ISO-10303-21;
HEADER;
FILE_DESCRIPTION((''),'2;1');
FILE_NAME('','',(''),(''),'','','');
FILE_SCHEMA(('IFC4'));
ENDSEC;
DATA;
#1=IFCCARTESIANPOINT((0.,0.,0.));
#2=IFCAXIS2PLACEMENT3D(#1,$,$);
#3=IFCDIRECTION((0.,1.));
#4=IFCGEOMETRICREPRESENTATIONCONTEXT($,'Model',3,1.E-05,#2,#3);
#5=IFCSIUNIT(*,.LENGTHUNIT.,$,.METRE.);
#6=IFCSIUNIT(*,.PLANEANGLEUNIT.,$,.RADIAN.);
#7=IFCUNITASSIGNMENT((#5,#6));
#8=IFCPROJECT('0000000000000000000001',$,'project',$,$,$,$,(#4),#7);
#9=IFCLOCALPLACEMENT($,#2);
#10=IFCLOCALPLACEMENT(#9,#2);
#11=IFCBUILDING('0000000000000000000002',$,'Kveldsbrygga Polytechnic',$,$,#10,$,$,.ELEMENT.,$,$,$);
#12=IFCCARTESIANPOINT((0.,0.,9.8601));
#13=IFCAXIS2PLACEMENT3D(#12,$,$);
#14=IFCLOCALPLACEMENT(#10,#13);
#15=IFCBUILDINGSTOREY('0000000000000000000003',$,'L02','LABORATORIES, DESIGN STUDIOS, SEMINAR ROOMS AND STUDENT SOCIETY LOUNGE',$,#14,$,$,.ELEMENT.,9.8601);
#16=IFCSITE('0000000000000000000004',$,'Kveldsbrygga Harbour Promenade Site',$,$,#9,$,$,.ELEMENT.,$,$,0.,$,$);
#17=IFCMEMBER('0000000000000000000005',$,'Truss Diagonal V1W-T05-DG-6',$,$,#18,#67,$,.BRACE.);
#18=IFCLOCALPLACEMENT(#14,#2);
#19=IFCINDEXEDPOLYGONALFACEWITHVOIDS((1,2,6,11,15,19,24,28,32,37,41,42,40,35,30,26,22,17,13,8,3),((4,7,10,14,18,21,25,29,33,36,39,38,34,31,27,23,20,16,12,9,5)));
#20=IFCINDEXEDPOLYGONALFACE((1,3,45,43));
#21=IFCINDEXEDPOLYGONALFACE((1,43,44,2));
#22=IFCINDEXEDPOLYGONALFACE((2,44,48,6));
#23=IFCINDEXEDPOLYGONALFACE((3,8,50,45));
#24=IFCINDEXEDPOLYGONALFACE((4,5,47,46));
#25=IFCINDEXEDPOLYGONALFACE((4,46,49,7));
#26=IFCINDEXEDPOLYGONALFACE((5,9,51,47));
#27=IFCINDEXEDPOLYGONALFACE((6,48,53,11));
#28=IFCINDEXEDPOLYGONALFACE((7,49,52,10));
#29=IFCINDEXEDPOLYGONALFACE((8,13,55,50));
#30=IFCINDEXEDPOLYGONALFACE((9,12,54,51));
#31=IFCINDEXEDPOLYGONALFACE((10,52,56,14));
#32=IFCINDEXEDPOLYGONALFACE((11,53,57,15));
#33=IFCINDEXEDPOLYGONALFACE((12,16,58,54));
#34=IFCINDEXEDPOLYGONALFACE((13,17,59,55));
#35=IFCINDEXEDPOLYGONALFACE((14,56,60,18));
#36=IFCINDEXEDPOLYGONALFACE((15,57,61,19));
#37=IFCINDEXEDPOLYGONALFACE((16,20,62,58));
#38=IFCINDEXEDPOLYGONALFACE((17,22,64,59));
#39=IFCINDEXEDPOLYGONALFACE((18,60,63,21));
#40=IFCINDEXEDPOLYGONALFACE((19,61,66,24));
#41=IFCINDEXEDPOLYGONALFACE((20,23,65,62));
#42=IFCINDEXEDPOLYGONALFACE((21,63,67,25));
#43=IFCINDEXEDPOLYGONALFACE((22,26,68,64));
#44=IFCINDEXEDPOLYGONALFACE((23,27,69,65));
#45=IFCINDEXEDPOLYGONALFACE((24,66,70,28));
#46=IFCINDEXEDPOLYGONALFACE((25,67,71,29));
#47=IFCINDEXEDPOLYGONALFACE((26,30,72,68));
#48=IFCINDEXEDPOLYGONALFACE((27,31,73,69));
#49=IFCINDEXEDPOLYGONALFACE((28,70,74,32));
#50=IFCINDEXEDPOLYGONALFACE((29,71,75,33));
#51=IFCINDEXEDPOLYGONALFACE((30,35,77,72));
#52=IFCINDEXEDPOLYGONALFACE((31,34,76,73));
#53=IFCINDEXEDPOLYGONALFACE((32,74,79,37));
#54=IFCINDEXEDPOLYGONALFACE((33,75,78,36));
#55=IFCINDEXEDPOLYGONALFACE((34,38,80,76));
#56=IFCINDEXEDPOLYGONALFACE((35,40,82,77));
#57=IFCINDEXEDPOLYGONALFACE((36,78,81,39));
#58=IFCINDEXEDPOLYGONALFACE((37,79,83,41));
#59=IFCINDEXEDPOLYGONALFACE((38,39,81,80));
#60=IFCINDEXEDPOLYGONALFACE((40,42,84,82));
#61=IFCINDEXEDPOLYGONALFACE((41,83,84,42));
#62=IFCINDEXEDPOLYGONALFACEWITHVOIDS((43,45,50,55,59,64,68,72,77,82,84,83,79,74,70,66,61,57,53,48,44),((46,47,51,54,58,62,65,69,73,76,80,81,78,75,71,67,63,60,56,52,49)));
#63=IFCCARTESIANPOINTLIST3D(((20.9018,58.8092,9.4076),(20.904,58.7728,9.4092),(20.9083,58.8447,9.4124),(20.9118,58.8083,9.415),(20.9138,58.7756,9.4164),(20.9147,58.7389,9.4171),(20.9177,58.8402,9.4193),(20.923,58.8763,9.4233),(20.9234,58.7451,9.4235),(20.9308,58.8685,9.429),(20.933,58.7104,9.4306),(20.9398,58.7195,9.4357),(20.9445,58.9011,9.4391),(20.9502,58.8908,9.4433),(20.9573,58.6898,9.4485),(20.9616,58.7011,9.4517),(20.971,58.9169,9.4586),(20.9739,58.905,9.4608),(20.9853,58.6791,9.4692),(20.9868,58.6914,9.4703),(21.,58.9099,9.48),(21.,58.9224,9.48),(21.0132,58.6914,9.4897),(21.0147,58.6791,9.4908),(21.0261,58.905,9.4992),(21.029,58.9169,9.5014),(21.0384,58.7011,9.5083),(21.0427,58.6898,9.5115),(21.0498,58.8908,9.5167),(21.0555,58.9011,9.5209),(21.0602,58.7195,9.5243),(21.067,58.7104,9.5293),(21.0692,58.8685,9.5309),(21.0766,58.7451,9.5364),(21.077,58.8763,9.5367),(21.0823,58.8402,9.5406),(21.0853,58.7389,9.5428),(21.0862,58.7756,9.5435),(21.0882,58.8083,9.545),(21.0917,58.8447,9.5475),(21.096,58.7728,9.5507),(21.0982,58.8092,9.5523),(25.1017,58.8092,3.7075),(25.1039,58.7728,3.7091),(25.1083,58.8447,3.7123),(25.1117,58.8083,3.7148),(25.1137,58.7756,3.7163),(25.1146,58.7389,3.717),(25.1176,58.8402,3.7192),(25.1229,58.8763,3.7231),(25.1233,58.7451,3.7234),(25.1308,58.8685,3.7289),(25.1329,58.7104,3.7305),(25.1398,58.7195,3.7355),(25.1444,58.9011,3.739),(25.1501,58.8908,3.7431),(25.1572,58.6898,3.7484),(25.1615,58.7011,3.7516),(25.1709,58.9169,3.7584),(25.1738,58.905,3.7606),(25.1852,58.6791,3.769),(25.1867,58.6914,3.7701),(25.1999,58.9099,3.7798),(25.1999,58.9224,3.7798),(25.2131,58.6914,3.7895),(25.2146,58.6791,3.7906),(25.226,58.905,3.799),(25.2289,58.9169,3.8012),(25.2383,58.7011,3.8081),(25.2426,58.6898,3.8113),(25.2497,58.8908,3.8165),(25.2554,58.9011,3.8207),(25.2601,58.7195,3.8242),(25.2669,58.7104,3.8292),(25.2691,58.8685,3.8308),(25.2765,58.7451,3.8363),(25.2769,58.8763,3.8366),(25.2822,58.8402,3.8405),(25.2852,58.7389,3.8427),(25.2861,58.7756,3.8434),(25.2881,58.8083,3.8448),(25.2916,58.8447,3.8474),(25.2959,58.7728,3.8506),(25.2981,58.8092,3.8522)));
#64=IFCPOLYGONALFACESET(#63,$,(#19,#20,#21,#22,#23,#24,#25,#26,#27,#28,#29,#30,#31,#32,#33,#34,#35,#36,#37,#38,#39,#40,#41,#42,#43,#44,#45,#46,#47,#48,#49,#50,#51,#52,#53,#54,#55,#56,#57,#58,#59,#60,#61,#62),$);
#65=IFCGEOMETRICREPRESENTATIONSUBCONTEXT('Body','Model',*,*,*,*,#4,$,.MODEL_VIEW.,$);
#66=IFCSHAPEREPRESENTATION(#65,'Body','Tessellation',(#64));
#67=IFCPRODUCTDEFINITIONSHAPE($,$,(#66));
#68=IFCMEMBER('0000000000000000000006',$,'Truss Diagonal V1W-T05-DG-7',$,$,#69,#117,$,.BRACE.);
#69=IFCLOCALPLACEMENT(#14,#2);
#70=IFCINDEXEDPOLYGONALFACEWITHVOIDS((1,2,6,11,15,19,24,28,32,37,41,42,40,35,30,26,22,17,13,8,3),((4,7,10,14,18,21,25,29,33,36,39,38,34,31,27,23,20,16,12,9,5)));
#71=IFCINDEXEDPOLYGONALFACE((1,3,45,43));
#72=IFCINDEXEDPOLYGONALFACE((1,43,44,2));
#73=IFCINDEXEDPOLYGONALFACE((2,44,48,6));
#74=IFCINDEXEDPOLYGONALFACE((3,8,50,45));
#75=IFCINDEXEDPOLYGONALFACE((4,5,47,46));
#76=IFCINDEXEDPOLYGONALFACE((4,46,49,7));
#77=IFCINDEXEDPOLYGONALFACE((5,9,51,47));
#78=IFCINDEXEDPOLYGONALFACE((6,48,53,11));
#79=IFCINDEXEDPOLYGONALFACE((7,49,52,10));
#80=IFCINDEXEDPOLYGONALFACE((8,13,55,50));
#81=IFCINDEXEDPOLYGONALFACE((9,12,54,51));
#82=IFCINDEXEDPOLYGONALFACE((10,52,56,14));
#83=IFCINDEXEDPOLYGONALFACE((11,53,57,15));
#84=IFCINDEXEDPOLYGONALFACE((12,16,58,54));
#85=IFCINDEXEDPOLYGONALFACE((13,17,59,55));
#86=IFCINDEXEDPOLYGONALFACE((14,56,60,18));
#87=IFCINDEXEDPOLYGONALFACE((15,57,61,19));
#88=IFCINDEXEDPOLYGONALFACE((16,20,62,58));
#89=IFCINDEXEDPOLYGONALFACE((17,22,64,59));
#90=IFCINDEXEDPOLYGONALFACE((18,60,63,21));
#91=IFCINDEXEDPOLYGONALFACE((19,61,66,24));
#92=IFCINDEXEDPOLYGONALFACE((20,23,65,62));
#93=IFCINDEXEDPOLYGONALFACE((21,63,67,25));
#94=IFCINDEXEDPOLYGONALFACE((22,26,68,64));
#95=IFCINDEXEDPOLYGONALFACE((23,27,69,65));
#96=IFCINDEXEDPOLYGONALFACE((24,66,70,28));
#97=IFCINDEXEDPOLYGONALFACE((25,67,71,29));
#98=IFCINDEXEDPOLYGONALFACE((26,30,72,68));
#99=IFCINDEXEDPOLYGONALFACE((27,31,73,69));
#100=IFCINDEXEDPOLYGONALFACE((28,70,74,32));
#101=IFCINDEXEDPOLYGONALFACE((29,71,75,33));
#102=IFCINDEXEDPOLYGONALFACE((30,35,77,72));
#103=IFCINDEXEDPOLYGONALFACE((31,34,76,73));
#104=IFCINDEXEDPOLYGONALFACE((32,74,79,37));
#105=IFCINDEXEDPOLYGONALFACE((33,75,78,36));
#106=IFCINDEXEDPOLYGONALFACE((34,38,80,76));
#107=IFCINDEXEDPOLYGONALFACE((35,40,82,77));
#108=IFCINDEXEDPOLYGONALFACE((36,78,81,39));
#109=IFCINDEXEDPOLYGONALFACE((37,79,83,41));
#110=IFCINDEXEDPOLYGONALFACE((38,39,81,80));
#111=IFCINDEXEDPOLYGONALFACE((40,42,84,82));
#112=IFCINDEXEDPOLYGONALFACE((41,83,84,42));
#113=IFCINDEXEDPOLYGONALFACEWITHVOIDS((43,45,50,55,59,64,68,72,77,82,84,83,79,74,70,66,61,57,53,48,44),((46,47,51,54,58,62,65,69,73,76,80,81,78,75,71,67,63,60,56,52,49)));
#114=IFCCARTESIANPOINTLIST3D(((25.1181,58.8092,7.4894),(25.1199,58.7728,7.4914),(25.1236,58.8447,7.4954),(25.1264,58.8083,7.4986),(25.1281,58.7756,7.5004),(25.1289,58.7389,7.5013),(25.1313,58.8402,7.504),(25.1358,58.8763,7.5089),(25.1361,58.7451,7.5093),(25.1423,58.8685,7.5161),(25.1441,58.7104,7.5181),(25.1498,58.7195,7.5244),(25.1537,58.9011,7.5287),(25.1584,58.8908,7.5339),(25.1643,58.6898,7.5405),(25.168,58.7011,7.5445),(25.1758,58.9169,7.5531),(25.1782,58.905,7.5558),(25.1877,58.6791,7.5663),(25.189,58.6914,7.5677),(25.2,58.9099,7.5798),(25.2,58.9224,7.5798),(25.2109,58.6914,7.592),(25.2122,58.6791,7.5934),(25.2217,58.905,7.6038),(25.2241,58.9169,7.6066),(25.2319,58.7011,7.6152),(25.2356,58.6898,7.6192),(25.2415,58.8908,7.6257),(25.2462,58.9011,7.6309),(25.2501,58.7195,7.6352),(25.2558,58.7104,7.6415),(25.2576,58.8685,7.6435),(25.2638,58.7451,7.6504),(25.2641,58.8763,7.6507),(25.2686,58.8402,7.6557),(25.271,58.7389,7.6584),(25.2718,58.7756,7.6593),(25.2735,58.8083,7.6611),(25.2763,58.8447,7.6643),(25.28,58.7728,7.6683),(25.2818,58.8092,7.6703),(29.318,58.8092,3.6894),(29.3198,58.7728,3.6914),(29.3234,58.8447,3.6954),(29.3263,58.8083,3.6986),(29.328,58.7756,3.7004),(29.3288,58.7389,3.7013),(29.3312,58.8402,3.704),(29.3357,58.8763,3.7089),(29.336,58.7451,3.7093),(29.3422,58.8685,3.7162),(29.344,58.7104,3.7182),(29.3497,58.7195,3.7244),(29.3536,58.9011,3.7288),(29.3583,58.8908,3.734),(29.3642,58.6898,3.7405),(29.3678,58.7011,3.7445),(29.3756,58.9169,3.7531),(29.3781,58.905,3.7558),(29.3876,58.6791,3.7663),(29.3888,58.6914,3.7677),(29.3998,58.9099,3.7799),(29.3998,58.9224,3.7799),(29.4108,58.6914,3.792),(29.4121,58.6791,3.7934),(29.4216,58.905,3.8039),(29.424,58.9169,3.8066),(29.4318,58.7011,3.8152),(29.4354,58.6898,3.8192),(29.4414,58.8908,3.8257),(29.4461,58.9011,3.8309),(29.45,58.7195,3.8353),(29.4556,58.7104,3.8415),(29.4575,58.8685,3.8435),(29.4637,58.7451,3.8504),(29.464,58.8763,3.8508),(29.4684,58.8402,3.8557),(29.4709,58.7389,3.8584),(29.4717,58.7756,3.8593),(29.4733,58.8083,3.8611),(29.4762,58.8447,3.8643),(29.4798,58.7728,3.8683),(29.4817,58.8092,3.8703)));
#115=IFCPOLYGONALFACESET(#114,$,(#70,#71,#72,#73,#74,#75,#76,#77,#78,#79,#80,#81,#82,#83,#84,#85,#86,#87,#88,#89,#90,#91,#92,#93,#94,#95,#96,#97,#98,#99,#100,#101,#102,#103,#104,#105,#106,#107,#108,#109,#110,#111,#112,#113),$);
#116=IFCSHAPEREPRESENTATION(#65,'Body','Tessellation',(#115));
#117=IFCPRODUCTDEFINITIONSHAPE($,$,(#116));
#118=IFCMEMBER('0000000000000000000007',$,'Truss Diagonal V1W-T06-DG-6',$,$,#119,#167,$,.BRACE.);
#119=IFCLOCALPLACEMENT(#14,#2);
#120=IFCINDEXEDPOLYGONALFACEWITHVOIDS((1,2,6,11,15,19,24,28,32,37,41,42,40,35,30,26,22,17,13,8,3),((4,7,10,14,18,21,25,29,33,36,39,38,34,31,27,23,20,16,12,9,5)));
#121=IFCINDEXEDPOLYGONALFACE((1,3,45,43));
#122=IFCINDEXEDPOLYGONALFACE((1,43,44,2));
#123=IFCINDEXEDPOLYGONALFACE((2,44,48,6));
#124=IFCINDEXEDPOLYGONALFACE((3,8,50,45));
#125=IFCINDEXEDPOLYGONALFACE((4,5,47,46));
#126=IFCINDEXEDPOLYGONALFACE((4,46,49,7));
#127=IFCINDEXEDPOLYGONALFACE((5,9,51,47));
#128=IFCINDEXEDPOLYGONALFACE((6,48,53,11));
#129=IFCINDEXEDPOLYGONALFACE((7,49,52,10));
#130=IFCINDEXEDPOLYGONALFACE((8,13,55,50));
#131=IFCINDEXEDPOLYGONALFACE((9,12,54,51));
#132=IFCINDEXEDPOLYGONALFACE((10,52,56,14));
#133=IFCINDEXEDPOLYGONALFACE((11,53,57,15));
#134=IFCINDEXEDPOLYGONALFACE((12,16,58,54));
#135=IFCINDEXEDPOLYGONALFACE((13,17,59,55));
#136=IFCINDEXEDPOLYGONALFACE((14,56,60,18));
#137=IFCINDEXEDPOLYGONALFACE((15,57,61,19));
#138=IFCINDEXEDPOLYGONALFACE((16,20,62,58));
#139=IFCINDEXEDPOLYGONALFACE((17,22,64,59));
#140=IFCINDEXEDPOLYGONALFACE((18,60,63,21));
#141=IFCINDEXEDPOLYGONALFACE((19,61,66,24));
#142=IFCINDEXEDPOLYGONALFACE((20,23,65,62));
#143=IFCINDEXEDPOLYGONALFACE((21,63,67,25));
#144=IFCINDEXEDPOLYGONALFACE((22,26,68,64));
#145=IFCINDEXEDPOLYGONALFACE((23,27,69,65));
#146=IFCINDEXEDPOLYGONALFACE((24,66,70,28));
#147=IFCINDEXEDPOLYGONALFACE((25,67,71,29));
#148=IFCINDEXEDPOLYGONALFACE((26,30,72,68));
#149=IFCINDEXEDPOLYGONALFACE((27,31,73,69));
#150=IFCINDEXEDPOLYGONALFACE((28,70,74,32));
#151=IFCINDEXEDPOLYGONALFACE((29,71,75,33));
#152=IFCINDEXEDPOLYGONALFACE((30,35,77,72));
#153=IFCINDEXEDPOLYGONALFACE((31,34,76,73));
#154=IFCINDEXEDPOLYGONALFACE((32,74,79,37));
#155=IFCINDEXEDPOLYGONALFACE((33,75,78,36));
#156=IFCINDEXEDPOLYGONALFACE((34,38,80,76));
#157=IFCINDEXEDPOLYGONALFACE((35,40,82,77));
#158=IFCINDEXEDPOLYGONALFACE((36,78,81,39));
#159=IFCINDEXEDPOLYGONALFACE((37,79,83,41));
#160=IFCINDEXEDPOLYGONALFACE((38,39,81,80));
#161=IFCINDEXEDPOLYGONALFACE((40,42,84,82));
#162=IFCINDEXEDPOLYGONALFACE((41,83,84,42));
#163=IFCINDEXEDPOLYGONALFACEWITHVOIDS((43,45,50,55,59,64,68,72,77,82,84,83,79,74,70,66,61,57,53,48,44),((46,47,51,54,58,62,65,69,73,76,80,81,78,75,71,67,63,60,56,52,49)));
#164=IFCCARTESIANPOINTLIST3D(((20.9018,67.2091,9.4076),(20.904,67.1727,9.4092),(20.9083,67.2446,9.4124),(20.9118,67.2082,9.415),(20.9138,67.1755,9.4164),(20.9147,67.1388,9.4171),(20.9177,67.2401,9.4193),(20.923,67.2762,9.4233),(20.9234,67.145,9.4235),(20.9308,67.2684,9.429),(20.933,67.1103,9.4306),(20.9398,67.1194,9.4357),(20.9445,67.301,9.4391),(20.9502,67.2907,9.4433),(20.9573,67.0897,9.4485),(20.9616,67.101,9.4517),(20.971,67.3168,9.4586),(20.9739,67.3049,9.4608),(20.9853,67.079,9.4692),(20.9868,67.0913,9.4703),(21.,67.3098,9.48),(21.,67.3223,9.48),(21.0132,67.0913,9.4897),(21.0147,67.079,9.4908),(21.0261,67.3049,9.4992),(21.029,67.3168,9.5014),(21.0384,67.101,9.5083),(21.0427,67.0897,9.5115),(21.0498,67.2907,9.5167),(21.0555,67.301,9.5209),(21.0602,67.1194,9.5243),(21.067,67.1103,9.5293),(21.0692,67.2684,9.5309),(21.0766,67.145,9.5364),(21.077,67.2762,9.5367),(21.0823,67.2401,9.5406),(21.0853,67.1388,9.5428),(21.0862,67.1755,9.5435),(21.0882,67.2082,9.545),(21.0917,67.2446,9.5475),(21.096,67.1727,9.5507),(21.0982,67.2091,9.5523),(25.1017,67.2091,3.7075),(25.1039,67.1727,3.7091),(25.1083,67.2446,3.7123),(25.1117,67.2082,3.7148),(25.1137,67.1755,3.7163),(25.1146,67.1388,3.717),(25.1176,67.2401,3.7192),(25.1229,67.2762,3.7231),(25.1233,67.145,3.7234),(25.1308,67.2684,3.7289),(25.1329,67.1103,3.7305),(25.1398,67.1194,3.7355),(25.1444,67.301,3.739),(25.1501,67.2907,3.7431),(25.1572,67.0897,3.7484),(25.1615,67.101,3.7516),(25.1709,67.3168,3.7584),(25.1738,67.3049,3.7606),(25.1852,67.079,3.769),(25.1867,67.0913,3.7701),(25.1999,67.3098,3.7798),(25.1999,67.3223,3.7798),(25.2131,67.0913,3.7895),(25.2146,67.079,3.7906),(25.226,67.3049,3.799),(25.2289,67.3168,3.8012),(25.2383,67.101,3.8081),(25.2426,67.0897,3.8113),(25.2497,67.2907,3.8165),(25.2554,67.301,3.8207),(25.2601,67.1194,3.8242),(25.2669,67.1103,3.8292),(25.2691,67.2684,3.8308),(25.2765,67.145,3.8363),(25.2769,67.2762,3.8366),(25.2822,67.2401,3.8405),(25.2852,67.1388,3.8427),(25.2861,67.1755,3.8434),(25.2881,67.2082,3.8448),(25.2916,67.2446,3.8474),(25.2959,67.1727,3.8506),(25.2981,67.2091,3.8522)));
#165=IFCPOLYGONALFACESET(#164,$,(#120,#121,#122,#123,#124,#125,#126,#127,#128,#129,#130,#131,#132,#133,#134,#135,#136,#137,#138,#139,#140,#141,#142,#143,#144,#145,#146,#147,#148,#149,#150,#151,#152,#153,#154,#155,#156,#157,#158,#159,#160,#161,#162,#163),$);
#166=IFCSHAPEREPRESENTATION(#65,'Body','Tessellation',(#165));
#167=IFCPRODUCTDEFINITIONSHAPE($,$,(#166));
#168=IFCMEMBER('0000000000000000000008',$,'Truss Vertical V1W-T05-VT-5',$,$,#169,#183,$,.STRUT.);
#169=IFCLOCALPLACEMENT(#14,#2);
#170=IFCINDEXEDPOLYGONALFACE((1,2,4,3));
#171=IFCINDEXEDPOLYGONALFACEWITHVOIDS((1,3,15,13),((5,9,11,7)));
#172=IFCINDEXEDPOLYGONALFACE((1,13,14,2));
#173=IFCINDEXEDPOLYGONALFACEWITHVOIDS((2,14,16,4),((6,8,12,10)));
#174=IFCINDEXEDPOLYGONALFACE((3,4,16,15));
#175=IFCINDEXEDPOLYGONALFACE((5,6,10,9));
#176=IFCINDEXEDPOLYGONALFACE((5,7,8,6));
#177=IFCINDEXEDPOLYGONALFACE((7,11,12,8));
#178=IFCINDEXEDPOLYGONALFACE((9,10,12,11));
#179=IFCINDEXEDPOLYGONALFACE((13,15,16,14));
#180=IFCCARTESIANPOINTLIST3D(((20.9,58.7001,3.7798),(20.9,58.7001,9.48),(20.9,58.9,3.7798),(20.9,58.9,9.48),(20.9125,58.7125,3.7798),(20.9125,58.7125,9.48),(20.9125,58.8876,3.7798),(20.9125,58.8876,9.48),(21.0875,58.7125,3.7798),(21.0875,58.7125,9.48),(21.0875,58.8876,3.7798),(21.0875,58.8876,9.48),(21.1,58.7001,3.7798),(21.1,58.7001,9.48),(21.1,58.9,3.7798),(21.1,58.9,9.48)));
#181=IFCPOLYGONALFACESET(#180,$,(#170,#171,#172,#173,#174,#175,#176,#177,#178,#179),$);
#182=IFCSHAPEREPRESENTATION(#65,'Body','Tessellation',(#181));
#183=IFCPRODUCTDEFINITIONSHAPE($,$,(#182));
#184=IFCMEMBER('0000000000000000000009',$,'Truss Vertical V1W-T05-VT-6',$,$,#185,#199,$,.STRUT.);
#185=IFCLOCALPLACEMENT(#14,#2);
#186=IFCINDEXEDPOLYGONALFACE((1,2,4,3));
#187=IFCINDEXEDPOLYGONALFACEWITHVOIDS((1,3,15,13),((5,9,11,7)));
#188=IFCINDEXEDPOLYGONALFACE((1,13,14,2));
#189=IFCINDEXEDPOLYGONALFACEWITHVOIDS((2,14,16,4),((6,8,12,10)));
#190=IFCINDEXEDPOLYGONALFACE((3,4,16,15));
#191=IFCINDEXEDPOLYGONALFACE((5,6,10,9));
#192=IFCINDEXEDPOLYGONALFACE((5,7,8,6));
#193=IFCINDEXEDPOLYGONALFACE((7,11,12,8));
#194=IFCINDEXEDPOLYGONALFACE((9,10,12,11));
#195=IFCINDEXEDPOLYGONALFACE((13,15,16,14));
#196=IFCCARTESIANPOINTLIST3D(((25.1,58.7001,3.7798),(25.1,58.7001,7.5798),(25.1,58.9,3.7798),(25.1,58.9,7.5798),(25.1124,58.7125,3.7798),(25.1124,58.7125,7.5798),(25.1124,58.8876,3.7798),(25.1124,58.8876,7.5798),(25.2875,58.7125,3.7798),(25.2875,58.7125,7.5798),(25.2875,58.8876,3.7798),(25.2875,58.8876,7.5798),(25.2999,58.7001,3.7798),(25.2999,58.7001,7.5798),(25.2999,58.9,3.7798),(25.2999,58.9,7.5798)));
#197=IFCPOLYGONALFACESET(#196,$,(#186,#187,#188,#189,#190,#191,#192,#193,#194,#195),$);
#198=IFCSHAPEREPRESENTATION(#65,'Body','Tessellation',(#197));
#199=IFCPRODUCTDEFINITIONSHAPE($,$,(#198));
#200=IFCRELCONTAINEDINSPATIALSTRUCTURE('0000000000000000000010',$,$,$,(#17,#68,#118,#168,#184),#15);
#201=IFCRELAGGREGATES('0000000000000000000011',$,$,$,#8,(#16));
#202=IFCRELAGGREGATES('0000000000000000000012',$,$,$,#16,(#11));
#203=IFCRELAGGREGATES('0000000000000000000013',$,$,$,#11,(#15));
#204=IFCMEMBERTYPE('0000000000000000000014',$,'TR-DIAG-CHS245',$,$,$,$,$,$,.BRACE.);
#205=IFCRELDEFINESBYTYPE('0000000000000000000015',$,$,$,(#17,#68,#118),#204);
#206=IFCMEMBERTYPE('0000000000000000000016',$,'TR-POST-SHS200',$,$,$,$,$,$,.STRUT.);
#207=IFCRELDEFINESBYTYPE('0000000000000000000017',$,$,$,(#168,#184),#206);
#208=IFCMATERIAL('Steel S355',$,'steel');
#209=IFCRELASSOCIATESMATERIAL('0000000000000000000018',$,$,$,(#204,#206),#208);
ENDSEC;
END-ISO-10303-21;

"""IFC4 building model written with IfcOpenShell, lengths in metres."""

from ifc_helpers import new_model, si_unit, direction, frame, origin, origin_2d, place, context, subcontext, project, spatial, hollow_rectangle, hollow_circle, extrude, material, material_profile, profile_set, type_object, element, save


model = new_model("IFC4")

# Units and contexts
model_context = context("Model", 3, precision=1e-05, world=origin(), true_north=direction((0.0, 1.0)))
body_context = subcontext(model_context, "Body", "Model", "MODEL_VIEW")
ifc_project = project(units=[si_unit("LENGTHUNIT", "METRE"), si_unit("PLANEANGLEUNIT", "RADIAN")], contexts=[model_context])

# Site, building, storey
site_placement = place(None, origin())
site = spatial("IfcSite", under=ifc_project, at=site_placement, Name="Kveldsbrygga Harbour Promenade Site", CompositionType="ELEMENT", RefElevation=0.0)
building_placement = place(site_placement, origin())
building = spatial("IfcBuilding", under=site, at=building_placement, Name="Kveldsbrygga Polytechnic", CompositionType="ELEMENT")
storey_placement = place(building_placement, frame((0.0, 0.0, 9.8601)))
storey = spatial("IfcBuildingStorey", under=building, at=storey_placement, Name="L02", Description="LABORATORIES, DESIGN STUDIOS, SEMINAR ROOMS AND STUDENT SOCIETY LOUNGE", CompositionType="ELEMENT", Elevation=9.8601)

# Members
ifc_material = material(Name="Steel S355", Category="steel")
ifc_material_profile_1 = material_profile(ifc_material, hollow_circle(Radius=0.1223, WallThickness=0.0125, at=origin_2d()), Name="CHS 244.5x12.5")
ifc_profile_set_1 = profile_set([ifc_material_profile_1], Name="Steel S355")
member_type_1 = type_object("IfcMemberType", Name="TR-DIAG-CHS245", PredefinedType="BRACE", material=ifc_profile_set_1)
member_1_placement = place(storey_placement, frame((21.0, 58.8, 9.48), z_axis=(0.593181, 0.0, -0.805069), x_axis=(0.0, 1.0, 0.0)))
element("IfcMember", 1, at=member_1_placement, inside=storey, type_object=member_type_1, Name="Truss Diagonal V1W-T05-DG-6", PredefinedType="BRACE", context=body_context, shape_type="SweptSolid", body=[
    extrude(hollow_circle(Radius=0.1223, WallThickness=0.0125, at=origin_2d()), origin(), (0.0, 0.0, 1.0), 7.0803),
])
member_2_placement = place(storey_placement, frame((25.2, 58.8, 7.5798), z_axis=(0.741528, 0.0, -0.670922), x_axis=(0.0, 1.0, 0.0)))
element("IfcMember", 2, at=member_2_placement, inside=storey, type_object=member_type_1, Name="Truss Diagonal V1W-T05-DG-7", PredefinedType="BRACE", context=body_context, shape_type="SweptSolid", body=[
    extrude(hollow_circle(Radius=0.1223, WallThickness=0.0125, at=origin_2d()), origin(), (0.0, 0.0, 1.0), 5.6638),
])
member_3_placement = place(storey_placement, frame((21.0, 67.2, 9.48), z_axis=(0.593181, 0.0, -0.805069), x_axis=(0.0, 1.0, 0.0)))
element("IfcMember", 3, at=member_3_placement, inside=storey, type_object=member_type_1, Name="Truss Diagonal V1W-T06-DG-6", PredefinedType="BRACE", context=body_context, shape_type="SweptSolid", body=[
    extrude(hollow_circle(Radius=0.1223, WallThickness=0.0125, at=origin_2d()), origin(), (0.0, 0.0, 1.0), 7.0803),
])
ifc_material_profile_2 = material_profile(ifc_material, hollow_rectangle(XDim=0.2, YDim=0.2, WallThickness=0.0125, at=origin_2d()), Name="SHS 200x200x12.5")
ifc_profile_set_2 = profile_set([ifc_material_profile_2], Name="Steel S355")
member_type_2 = type_object("IfcMemberType", Name="TR-POST-SHS200", PredefinedType="STRUT", material=ifc_profile_set_2)
member_4_placement = place(storey_placement, frame((21.0, 58.8, 3.7798), z_axis=(0.0, 0.0, 1.0), x_axis=(1.0, 0.0, 0.0)))
element("IfcMember", 4, at=member_4_placement, inside=storey, type_object=member_type_2, Name="Truss Vertical V1W-T05-VT-5", PredefinedType="STRUT", context=body_context, shape_type="SweptSolid", body=[
    extrude(hollow_rectangle(XDim=0.2, YDim=0.2, WallThickness=0.0125, at=origin_2d()), origin(), (0.0, 0.0, 1.0), 5.7002),
])
member_5_placement = place(storey_placement, frame((25.2, 58.8, 3.7798), z_axis=(0.0, 0.0, 1.0), x_axis=(1.0, 0.0, 0.0)))
element("IfcMember", 5, at=member_5_placement, inside=storey, type_object=member_type_2, Name="Truss Vertical V1W-T05-VT-6", PredefinedType="STRUT", context=body_context, shape_type="SweptSolid", body=[
    extrude(hollow_rectangle(XDim=0.2, YDim=0.2, WallThickness=0.0125, at=origin_2d()), origin(), (0.0, 0.0, 1.0), 3.8),
])

save(model, "model.ifc")
